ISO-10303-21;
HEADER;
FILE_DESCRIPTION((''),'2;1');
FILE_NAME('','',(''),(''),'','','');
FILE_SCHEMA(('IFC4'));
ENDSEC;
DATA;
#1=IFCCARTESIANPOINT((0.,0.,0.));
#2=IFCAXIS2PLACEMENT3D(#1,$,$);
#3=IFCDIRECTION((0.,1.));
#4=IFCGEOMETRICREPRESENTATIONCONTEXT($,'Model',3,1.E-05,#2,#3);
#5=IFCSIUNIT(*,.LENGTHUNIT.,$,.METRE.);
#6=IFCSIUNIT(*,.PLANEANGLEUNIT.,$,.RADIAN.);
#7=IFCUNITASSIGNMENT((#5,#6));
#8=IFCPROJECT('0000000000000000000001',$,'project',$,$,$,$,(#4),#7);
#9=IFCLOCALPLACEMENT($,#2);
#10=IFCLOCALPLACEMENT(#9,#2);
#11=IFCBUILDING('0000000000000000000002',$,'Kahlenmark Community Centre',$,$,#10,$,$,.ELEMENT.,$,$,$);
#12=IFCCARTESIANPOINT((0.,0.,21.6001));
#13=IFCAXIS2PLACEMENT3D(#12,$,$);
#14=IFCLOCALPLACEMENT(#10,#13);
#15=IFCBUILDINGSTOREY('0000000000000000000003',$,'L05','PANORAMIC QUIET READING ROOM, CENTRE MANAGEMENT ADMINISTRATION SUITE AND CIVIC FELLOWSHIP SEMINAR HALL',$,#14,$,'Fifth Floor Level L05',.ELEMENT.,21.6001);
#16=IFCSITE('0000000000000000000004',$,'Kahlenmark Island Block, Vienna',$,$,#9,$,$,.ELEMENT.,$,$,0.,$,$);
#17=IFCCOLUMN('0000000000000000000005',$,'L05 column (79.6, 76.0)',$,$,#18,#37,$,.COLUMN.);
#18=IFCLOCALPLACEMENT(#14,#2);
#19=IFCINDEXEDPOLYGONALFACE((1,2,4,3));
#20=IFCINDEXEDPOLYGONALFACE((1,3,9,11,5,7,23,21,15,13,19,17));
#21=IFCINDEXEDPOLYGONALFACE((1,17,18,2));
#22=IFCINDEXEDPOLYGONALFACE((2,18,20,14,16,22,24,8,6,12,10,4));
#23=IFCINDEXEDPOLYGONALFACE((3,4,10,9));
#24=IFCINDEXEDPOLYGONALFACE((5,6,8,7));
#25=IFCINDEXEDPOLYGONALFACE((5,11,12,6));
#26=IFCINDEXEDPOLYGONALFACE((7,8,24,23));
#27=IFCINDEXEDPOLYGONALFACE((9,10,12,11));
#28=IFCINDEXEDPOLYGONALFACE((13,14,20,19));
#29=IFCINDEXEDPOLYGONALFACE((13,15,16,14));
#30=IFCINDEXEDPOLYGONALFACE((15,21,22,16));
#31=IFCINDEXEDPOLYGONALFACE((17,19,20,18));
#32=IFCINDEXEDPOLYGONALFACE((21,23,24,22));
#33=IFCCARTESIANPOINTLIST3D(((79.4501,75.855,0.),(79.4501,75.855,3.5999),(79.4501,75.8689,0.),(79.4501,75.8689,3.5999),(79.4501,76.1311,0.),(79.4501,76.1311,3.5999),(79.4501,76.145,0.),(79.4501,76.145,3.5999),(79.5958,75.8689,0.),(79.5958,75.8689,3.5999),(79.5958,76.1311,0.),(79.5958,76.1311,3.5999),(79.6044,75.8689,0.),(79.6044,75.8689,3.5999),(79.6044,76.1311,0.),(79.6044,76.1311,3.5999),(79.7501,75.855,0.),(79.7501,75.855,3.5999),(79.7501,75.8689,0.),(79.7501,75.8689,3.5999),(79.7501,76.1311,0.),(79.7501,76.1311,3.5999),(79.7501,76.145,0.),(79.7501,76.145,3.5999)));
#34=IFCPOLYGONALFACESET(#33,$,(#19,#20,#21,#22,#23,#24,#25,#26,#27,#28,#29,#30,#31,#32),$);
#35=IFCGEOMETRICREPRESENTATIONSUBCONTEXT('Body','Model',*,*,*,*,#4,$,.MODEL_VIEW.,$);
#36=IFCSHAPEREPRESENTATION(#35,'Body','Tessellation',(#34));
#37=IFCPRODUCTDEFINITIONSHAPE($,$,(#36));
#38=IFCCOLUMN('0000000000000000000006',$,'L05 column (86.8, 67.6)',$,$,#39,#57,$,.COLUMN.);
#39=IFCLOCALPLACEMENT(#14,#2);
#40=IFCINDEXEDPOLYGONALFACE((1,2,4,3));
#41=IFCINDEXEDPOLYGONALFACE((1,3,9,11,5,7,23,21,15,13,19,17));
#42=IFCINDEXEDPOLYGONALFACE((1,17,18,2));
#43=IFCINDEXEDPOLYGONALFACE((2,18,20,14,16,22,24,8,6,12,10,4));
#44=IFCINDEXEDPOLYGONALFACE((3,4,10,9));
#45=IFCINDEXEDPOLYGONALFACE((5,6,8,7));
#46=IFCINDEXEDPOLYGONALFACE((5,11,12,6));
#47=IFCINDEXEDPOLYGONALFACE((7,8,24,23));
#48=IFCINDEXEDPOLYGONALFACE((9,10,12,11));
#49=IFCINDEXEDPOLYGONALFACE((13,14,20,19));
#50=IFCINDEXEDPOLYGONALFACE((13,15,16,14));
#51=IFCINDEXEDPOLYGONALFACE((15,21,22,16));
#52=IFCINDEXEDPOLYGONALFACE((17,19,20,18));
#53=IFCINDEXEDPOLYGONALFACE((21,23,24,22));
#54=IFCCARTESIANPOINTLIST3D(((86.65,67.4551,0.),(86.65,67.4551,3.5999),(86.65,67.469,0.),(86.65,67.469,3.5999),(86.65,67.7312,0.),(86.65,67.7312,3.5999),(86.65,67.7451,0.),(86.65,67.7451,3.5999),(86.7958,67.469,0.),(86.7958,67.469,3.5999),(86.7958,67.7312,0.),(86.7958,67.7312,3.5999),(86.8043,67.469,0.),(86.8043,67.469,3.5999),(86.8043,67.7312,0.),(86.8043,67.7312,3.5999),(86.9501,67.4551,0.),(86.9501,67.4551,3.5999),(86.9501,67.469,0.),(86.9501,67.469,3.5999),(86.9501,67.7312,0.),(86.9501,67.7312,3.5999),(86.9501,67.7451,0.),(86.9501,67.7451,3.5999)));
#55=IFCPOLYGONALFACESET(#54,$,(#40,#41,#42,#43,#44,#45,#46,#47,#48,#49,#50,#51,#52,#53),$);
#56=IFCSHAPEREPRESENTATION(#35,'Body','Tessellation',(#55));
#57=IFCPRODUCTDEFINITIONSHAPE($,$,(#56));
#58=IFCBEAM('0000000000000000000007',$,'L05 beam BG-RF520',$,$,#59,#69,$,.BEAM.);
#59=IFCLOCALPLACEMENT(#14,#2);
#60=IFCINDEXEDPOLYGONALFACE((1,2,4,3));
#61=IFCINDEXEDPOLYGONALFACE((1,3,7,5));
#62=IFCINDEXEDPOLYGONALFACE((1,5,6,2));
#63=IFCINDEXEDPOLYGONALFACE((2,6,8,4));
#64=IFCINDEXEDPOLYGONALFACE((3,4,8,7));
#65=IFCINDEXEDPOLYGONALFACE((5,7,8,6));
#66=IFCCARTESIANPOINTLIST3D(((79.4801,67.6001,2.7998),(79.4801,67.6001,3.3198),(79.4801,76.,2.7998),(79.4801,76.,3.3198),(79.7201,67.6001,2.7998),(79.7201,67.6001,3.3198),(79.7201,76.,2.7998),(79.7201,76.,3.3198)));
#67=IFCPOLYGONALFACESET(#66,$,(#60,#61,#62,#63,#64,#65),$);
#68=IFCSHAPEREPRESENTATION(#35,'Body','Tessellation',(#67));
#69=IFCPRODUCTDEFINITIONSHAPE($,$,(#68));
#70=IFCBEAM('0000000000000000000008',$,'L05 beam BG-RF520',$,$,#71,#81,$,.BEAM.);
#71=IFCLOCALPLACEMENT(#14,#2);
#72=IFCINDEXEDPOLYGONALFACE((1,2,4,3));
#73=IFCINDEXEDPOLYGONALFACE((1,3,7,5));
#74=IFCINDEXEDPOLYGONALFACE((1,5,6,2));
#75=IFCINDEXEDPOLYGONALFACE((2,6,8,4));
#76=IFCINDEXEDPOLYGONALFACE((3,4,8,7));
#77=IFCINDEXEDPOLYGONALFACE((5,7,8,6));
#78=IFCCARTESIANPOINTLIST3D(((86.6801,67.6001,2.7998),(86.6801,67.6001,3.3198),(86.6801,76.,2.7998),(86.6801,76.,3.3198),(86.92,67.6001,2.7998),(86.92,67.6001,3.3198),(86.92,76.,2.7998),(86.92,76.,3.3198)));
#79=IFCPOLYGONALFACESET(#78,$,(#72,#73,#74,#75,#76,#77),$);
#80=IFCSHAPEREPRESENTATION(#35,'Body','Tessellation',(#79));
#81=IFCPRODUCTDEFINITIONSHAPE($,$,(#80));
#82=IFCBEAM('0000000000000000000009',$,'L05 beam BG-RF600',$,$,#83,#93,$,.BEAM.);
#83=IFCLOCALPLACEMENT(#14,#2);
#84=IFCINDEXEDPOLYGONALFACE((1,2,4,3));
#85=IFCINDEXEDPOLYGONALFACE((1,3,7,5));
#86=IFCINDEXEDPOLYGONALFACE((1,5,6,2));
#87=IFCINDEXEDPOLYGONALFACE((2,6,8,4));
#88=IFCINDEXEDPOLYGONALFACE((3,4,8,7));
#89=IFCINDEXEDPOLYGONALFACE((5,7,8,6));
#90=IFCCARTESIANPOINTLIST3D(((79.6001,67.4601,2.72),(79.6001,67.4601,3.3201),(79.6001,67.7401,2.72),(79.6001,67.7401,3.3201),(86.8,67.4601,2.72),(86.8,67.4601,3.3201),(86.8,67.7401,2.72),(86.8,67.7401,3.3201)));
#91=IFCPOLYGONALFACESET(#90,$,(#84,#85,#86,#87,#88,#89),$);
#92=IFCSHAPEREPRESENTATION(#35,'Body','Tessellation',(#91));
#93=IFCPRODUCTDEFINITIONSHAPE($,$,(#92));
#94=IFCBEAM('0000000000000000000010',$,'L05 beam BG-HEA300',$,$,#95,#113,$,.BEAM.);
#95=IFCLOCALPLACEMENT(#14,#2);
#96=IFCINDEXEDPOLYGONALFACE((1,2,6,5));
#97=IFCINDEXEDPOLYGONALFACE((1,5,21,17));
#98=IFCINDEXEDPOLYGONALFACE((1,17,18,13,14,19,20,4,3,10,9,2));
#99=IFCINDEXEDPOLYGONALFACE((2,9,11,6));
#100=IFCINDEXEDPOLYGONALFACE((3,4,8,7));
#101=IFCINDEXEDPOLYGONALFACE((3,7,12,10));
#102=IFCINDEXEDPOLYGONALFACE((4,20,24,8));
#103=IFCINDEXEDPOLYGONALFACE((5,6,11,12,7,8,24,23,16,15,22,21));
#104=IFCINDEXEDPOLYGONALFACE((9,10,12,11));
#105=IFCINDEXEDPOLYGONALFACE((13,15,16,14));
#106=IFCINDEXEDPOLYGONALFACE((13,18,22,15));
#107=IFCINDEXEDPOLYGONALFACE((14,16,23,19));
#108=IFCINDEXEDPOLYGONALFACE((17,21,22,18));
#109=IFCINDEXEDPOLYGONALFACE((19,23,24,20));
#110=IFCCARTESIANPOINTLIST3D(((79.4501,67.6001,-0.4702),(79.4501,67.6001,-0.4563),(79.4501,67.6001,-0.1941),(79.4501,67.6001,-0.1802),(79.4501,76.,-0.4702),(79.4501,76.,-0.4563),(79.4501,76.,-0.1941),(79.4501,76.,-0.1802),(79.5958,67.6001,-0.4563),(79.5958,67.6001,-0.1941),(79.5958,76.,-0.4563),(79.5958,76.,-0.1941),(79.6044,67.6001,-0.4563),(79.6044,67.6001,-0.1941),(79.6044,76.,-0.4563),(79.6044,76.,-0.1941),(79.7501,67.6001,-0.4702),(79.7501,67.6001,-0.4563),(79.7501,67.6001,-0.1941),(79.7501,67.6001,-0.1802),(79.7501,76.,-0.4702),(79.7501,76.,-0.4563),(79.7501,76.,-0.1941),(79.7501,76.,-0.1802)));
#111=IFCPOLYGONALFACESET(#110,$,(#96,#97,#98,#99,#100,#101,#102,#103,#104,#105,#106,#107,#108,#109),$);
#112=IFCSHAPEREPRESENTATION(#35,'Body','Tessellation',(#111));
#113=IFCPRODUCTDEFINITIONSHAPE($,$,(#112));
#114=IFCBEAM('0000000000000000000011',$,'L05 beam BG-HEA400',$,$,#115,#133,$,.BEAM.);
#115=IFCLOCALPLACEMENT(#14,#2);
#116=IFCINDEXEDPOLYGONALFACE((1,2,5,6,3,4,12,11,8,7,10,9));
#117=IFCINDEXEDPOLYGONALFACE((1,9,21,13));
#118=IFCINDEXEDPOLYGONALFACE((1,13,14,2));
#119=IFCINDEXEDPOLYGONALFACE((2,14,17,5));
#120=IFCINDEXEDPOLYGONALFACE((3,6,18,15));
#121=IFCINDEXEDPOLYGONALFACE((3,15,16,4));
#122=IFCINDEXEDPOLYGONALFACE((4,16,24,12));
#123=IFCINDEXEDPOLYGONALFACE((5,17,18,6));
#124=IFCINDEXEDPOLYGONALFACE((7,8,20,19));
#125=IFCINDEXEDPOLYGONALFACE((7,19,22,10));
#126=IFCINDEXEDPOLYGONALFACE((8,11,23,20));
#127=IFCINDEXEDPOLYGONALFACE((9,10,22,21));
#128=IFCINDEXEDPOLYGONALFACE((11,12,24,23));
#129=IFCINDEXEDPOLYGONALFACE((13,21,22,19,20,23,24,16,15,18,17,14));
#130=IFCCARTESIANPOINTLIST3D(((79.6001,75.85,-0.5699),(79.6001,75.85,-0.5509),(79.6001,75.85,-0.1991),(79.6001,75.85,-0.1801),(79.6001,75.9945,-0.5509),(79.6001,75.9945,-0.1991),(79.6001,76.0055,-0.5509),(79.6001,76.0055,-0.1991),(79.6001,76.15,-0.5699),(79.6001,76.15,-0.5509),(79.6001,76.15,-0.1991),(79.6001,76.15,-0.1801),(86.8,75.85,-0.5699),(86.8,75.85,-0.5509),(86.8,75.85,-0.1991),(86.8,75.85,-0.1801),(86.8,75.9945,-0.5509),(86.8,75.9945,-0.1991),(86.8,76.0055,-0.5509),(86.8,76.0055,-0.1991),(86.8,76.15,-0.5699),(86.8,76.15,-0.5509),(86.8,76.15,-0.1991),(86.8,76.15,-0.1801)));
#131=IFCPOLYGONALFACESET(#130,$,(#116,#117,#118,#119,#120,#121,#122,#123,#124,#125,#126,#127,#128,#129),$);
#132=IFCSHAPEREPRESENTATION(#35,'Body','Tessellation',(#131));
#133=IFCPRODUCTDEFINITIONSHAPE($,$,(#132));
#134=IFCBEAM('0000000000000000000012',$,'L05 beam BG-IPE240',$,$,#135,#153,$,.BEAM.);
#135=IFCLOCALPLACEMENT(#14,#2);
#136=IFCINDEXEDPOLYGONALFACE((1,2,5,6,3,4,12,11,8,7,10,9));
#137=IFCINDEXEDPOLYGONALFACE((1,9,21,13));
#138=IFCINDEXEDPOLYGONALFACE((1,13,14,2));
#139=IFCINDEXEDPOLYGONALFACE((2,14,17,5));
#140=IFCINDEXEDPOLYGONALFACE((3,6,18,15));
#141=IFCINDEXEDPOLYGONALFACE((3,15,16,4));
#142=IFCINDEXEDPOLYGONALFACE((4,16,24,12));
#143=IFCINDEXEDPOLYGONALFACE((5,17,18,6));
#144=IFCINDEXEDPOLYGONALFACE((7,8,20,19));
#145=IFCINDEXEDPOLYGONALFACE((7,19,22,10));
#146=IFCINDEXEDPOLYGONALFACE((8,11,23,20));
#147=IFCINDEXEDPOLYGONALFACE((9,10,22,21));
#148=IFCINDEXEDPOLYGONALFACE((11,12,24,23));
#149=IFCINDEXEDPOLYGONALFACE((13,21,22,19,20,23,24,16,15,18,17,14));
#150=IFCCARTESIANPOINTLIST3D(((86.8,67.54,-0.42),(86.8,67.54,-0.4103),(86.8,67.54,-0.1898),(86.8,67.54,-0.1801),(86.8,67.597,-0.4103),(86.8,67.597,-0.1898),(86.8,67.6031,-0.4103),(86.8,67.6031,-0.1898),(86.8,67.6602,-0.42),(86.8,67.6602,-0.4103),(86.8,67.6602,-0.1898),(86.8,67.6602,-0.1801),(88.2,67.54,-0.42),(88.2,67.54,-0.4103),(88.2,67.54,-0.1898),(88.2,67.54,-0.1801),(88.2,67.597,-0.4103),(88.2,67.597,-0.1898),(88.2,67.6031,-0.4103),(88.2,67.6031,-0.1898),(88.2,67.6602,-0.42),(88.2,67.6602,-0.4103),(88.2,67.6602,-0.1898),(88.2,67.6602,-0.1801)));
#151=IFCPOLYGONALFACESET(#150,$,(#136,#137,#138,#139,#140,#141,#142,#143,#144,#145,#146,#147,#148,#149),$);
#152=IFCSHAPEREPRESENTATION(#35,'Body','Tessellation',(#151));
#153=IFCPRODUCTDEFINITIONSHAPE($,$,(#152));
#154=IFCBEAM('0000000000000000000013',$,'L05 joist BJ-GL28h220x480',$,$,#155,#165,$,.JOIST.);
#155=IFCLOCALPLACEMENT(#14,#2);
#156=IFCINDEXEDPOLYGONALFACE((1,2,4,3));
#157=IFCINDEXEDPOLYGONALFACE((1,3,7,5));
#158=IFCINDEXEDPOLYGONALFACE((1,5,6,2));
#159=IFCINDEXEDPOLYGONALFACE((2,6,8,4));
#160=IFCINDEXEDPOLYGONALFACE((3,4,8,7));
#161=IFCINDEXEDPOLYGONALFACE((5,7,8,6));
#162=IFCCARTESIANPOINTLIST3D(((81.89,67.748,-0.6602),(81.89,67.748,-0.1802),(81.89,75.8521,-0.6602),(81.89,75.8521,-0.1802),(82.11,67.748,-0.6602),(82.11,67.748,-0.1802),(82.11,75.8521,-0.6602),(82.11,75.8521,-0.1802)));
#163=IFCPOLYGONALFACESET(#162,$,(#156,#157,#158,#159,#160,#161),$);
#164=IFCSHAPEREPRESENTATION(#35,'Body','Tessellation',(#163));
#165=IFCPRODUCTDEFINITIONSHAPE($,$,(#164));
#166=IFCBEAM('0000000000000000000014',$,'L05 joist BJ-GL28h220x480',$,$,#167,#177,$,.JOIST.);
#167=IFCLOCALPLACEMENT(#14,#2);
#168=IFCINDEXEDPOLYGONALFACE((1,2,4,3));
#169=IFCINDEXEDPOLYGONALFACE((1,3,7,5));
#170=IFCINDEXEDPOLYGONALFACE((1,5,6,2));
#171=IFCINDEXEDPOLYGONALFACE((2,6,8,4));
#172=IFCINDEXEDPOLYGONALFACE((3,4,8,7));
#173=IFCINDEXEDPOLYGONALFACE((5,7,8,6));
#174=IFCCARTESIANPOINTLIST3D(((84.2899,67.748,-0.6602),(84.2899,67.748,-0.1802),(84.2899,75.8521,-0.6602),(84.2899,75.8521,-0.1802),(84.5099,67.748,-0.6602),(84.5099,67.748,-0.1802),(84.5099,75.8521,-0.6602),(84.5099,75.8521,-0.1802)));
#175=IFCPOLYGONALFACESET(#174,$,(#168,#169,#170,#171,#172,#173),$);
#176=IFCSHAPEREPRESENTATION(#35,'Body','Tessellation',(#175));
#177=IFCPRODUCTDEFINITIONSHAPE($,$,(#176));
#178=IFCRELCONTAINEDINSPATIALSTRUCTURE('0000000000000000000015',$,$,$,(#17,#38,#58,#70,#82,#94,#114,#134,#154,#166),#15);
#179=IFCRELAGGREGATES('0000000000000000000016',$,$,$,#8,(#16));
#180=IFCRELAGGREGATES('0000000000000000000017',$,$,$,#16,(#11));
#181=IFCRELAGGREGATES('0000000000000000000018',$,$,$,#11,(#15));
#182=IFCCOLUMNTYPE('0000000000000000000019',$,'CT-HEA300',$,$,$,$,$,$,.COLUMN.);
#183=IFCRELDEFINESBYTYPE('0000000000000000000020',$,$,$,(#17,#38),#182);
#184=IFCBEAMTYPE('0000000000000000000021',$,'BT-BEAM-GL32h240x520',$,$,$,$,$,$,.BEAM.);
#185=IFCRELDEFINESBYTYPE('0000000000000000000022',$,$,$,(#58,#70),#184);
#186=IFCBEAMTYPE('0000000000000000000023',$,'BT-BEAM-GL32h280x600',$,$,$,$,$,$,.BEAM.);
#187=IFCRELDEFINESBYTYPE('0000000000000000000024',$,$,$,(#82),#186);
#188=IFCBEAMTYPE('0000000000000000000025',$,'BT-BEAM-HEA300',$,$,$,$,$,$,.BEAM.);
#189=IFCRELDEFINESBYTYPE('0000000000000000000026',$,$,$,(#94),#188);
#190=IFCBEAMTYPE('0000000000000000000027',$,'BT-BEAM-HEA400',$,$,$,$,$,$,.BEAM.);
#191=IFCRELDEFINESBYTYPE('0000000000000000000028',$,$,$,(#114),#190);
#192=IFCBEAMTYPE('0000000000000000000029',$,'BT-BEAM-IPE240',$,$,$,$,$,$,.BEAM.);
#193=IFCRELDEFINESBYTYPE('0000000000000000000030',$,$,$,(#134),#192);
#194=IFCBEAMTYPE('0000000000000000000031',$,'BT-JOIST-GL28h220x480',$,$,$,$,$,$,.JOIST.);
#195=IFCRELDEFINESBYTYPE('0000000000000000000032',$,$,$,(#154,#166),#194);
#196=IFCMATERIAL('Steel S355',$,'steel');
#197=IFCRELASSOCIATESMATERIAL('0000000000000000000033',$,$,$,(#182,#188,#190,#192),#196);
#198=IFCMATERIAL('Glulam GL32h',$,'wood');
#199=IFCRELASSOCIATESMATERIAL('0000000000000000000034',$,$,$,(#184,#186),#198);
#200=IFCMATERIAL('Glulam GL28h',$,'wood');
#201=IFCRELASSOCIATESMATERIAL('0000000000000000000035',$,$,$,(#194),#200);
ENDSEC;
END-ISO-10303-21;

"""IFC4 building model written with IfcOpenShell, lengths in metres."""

from ifc_helpers import new_model, si_unit, direction, frame, origin, origin_2d, place, context, subcontext, project, spatial, rectangle, i_section, extrude, material, material_profile, profile_set, type_object, element, save


model = new_model("IFC4")

# Units and contexts
model_context = context("Model", 3, precision=1e-05, world=origin(), true_north=direction((0.0, 1.0)))
body_context = subcontext(model_context, "Body", "Model", "MODEL_VIEW")
ifc_project = project(units=[si_unit("LENGTHUNIT", "METRE"), si_unit("PLANEANGLEUNIT", "RADIAN")], contexts=[model_context])

# Site, building, storey
site_placement = place(None, origin())
site = spatial("IfcSite", under=ifc_project, at=site_placement, Name="Kahlenmark Island Block, Vienna", CompositionType="ELEMENT", RefElevation=0.0)
building_placement = place(site_placement, origin())
building = spatial("IfcBuilding", under=site, at=building_placement, Name="Kahlenmark Community Centre", CompositionType="ELEMENT")
storey_placement = place(building_placement, frame((0.0, 0.0, 21.6001)))
storey = spatial("IfcBuildingStorey", under=building, at=storey_placement, Name="L05", Description="PANORAMIC QUIET READING ROOM, CENTRE MANAGEMENT ADMINISTRATION SUITE AND CIVIC FELLOWSHIP SEMINAR HALL", LongName="Fifth Floor Level L05", CompositionType="ELEMENT", Elevation=21.6001)

# Columns
ifc_material_1 = material(Name="Steel S355", Category="steel")
ifc_material_profile_1 = material_profile(ifc_material_1, i_section(OverallWidth=0.3, OverallDepth=0.29, WebThickness=0.0085, FlangeThickness=0.0139, at=origin_2d()), Name="HEA 300")
ifc_profile_set_1 = profile_set([ifc_material_profile_1], Name="Steel S355")
column_type = type_object("IfcColumnType", Name="CT-HEA300", PredefinedType="COLUMN", material=ifc_profile_set_1)
for number, where, z_axis, x_axis, name in (
    (1, (79.6001, 76.0, 0.0), (0.0, 0.0, 1.0), (1.0, 0.0, 0.0), "L05 column (79.6, 76.0)"),
    (2, (86.8, 67.6001, 0.0), (0.0, 0.0, 1.0), (1.0, 0.0, 0.0), "L05 column (86.8, 67.6)"),
):
    element("IfcColumn", number, at=place(storey_placement, frame(where, z_axis=z_axis, x_axis=x_axis)), inside=storey, type_object=column_type, Name=name, PredefinedType="COLUMN", context=body_context, shape_type="SweptSolid", body=[
        extrude(i_section(OverallWidth=0.3, OverallDepth=0.29, WebThickness=0.0085, FlangeThickness=0.0139, at=origin_2d()), origin(), (0.0, 0.0, 1.0), 3.5999),
    ])

# Beams
ifc_material_2 = material(Name="Glulam GL32h", Category="wood")
ifc_material_profile_2 = material_profile(ifc_material_2, rectangle(XDim=0.24, YDim=0.52, at=origin_2d()), Name="GL32h 240x520")
ifc_profile_set_2 = profile_set([ifc_material_profile_2], Name="Glulam GL32h")
beam_type_1 = type_object("IfcBeamType", Name="BT-BEAM-GL32h240x520", PredefinedType="BEAM", material=ifc_profile_set_2)
for number, where, z_axis, x_axis, name in (
    (3, (79.6001, 67.6001, 3.0598), (0.0, 1.0, 0.0), (-1.0, 0.0, 0.0), "L05 beam BG-RF520"),
    (4, (86.8, 67.6001, 3.0598), (0.0, 1.0, 0.0), (-1.0, 0.0, 0.0), "L05 beam BG-RF520"),
):
    element("IfcBeam", number, at=place(storey_placement, frame(where, z_axis=z_axis, x_axis=x_axis)), inside=storey, type_object=beam_type_1, Name=name, PredefinedType="BEAM", context=body_context, shape_type="SweptSolid", body=[
        extrude(rectangle(XDim=0.24, YDim=0.52, at=origin_2d()), origin(), (0.0, 0.0, 1.0), 8.3999),
    ])
ifc_material_profile_3 = material_profile(ifc_material_2, rectangle(XDim=0.28, YDim=0.6001, at=origin_2d()), Name="GL32h 280x600")
ifc_profile_set_3 = profile_set([ifc_material_profile_3], Name="Glulam GL32h")
beam_type_2 = type_object("IfcBeamType", Name="BT-BEAM-GL32h280x600", PredefinedType="BEAM", material=ifc_profile_set_3)
beam_1_placement = place(storey_placement, frame((79.6001, 67.6001, 3.02), z_axis=(1.0, 0.0, 0.0), x_axis=(0.0, 1.0, 0.0)))
element("IfcBeam", 5, at=beam_1_placement, inside=storey, type_object=beam_type_2, Name="L05 beam BG-RF600", PredefinedType="BEAM", context=body_context, shape_type="SweptSolid", body=[
    extrude(rectangle(XDim=0.28, YDim=0.6001, at=origin_2d()), origin(), (0.0, 0.0, 1.0), 7.2),
])
ifc_material_profile_4 = material_profile(ifc_material_1, i_section(OverallWidth=0.3, OverallDepth=0.29, WebThickness=0.0085, FlangeThickness=0.0139, at=origin_2d()), Name="HEA 300")
ifc_profile_set_4 = profile_set([ifc_material_profile_4], Name="Steel S355")
beam_type_3 = type_object("IfcBeamType", Name="BT-BEAM-HEA300", PredefinedType="BEAM", material=ifc_profile_set_4)
beam_2_placement = place(storey_placement, frame((79.6001, 67.6001, -0.3252), z_axis=(0.0, 1.0, 0.0), x_axis=(-1.0, 0.0, 0.0)))
element("IfcBeam", 6, at=beam_2_placement, inside=storey, type_object=beam_type_3, Name="L05 beam BG-HEA300", PredefinedType="BEAM", context=body_context, shape_type="SweptSolid", body=[
    extrude(i_section(OverallWidth=0.3, OverallDepth=0.29, WebThickness=0.0085, FlangeThickness=0.0139, at=origin_2d()), origin(), (0.0, 0.0, 1.0), 8.3999),
])
ifc_material_profile_5 = material_profile(ifc_material_1, i_section(OverallWidth=0.3, OverallDepth=0.3899, WebThickness=0.011, FlangeThickness=0.019, at=origin_2d()), Name="HEA 400")
ifc_profile_set_5 = profile_set([ifc_material_profile_5], Name="Steel S355")
beam_type_4 = type_object("IfcBeamType", Name="BT-BEAM-HEA400", PredefinedType="BEAM", material=ifc_profile_set_5)
beam_3_placement = place(storey_placement, frame((79.6001, 76.0, -0.375), z_axis=(1.0, 0.0, 0.0), x_axis=(0.0, 1.0, 0.0)))
element("IfcBeam", 7, at=beam_3_placement, inside=storey, type_object=beam_type_4, Name="L05 beam BG-HEA400", PredefinedType="BEAM", context=body_context, shape_type="SweptSolid", body=[
    extrude(i_section(OverallWidth=0.3, OverallDepth=0.3899, WebThickness=0.011, FlangeThickness=0.019, at=origin_2d()), origin(), (0.0, 0.0, 1.0), 7.2),
])
ifc_material_profile_6 = material_profile(ifc_material_1, i_section(OverallWidth=0.1201, OverallDepth=0.24, WebThickness=0.0061, FlangeThickness=0.0098, at=origin_2d()), Name="IPE 240")
ifc_profile_set_6 = profile_set([ifc_material_profile_6], Name="Steel S355")
beam_type_5 = type_object("IfcBeamType", Name="BT-BEAM-IPE240", PredefinedType="BEAM", material=ifc_profile_set_6)
beam_4_placement = place(storey_placement, frame((86.8, 67.6001, -0.3), z_axis=(1.0, 0.0, 0.0), x_axis=(0.0, 1.0, 0.0)))
element("IfcBeam", 8, at=beam_4_placement, inside=storey, type_object=beam_type_5, Name="L05 beam BG-IPE240", PredefinedType="BEAM", context=body_context, shape_type="SweptSolid", body=[
    extrude(i_section(OverallWidth=0.1201, OverallDepth=0.24, WebThickness=0.0061, FlangeThickness=0.0098, at=origin_2d()), origin(), (0.0, 0.0, 1.0), 1.3999),
])
ifc_material_3 = material(Name="Glulam GL28h", Category="wood")
ifc_material_profile_7 = material_profile(ifc_material_3, rectangle(XDim=0.22, YDim=0.48, at=origin_2d()), Name="GL28h 220x480")
ifc_profile_set_7 = profile_set([ifc_material_profile_7], Name="Glulam GL28h")
beam_type_6 = type_object("IfcBeamType", Name="BT-JOIST-GL28h220x480", PredefinedType="JOIST", material=ifc_profile_set_7)
for number, where, z_axis, x_axis, name in (
    (9, (82.0, 67.748, -0.4202), (0.0, 1.0, 0.0), (-1.0, 0.0, 0.0), "L05 joist BJ-GL28h220x480"),
    (10, (84.3999, 67.748, -0.4202), (0.0, 1.0, 0.0), (-1.0, 0.0, 0.0), "L05 joist BJ-GL28h220x480"),
):
    element("IfcBeam", number, at=place(storey_placement, frame(where, z_axis=z_axis, x_axis=x_axis)), inside=storey, type_object=beam_type_6, Name=name, PredefinedType="JOIST", context=body_context, shape_type="SweptSolid", body=[
        extrude(rectangle(XDim=0.22, YDim=0.48, at=origin_2d()), origin(), (0.0, 0.0, 1.0), 8.104),
    ])

save(model, "model.ifc")
